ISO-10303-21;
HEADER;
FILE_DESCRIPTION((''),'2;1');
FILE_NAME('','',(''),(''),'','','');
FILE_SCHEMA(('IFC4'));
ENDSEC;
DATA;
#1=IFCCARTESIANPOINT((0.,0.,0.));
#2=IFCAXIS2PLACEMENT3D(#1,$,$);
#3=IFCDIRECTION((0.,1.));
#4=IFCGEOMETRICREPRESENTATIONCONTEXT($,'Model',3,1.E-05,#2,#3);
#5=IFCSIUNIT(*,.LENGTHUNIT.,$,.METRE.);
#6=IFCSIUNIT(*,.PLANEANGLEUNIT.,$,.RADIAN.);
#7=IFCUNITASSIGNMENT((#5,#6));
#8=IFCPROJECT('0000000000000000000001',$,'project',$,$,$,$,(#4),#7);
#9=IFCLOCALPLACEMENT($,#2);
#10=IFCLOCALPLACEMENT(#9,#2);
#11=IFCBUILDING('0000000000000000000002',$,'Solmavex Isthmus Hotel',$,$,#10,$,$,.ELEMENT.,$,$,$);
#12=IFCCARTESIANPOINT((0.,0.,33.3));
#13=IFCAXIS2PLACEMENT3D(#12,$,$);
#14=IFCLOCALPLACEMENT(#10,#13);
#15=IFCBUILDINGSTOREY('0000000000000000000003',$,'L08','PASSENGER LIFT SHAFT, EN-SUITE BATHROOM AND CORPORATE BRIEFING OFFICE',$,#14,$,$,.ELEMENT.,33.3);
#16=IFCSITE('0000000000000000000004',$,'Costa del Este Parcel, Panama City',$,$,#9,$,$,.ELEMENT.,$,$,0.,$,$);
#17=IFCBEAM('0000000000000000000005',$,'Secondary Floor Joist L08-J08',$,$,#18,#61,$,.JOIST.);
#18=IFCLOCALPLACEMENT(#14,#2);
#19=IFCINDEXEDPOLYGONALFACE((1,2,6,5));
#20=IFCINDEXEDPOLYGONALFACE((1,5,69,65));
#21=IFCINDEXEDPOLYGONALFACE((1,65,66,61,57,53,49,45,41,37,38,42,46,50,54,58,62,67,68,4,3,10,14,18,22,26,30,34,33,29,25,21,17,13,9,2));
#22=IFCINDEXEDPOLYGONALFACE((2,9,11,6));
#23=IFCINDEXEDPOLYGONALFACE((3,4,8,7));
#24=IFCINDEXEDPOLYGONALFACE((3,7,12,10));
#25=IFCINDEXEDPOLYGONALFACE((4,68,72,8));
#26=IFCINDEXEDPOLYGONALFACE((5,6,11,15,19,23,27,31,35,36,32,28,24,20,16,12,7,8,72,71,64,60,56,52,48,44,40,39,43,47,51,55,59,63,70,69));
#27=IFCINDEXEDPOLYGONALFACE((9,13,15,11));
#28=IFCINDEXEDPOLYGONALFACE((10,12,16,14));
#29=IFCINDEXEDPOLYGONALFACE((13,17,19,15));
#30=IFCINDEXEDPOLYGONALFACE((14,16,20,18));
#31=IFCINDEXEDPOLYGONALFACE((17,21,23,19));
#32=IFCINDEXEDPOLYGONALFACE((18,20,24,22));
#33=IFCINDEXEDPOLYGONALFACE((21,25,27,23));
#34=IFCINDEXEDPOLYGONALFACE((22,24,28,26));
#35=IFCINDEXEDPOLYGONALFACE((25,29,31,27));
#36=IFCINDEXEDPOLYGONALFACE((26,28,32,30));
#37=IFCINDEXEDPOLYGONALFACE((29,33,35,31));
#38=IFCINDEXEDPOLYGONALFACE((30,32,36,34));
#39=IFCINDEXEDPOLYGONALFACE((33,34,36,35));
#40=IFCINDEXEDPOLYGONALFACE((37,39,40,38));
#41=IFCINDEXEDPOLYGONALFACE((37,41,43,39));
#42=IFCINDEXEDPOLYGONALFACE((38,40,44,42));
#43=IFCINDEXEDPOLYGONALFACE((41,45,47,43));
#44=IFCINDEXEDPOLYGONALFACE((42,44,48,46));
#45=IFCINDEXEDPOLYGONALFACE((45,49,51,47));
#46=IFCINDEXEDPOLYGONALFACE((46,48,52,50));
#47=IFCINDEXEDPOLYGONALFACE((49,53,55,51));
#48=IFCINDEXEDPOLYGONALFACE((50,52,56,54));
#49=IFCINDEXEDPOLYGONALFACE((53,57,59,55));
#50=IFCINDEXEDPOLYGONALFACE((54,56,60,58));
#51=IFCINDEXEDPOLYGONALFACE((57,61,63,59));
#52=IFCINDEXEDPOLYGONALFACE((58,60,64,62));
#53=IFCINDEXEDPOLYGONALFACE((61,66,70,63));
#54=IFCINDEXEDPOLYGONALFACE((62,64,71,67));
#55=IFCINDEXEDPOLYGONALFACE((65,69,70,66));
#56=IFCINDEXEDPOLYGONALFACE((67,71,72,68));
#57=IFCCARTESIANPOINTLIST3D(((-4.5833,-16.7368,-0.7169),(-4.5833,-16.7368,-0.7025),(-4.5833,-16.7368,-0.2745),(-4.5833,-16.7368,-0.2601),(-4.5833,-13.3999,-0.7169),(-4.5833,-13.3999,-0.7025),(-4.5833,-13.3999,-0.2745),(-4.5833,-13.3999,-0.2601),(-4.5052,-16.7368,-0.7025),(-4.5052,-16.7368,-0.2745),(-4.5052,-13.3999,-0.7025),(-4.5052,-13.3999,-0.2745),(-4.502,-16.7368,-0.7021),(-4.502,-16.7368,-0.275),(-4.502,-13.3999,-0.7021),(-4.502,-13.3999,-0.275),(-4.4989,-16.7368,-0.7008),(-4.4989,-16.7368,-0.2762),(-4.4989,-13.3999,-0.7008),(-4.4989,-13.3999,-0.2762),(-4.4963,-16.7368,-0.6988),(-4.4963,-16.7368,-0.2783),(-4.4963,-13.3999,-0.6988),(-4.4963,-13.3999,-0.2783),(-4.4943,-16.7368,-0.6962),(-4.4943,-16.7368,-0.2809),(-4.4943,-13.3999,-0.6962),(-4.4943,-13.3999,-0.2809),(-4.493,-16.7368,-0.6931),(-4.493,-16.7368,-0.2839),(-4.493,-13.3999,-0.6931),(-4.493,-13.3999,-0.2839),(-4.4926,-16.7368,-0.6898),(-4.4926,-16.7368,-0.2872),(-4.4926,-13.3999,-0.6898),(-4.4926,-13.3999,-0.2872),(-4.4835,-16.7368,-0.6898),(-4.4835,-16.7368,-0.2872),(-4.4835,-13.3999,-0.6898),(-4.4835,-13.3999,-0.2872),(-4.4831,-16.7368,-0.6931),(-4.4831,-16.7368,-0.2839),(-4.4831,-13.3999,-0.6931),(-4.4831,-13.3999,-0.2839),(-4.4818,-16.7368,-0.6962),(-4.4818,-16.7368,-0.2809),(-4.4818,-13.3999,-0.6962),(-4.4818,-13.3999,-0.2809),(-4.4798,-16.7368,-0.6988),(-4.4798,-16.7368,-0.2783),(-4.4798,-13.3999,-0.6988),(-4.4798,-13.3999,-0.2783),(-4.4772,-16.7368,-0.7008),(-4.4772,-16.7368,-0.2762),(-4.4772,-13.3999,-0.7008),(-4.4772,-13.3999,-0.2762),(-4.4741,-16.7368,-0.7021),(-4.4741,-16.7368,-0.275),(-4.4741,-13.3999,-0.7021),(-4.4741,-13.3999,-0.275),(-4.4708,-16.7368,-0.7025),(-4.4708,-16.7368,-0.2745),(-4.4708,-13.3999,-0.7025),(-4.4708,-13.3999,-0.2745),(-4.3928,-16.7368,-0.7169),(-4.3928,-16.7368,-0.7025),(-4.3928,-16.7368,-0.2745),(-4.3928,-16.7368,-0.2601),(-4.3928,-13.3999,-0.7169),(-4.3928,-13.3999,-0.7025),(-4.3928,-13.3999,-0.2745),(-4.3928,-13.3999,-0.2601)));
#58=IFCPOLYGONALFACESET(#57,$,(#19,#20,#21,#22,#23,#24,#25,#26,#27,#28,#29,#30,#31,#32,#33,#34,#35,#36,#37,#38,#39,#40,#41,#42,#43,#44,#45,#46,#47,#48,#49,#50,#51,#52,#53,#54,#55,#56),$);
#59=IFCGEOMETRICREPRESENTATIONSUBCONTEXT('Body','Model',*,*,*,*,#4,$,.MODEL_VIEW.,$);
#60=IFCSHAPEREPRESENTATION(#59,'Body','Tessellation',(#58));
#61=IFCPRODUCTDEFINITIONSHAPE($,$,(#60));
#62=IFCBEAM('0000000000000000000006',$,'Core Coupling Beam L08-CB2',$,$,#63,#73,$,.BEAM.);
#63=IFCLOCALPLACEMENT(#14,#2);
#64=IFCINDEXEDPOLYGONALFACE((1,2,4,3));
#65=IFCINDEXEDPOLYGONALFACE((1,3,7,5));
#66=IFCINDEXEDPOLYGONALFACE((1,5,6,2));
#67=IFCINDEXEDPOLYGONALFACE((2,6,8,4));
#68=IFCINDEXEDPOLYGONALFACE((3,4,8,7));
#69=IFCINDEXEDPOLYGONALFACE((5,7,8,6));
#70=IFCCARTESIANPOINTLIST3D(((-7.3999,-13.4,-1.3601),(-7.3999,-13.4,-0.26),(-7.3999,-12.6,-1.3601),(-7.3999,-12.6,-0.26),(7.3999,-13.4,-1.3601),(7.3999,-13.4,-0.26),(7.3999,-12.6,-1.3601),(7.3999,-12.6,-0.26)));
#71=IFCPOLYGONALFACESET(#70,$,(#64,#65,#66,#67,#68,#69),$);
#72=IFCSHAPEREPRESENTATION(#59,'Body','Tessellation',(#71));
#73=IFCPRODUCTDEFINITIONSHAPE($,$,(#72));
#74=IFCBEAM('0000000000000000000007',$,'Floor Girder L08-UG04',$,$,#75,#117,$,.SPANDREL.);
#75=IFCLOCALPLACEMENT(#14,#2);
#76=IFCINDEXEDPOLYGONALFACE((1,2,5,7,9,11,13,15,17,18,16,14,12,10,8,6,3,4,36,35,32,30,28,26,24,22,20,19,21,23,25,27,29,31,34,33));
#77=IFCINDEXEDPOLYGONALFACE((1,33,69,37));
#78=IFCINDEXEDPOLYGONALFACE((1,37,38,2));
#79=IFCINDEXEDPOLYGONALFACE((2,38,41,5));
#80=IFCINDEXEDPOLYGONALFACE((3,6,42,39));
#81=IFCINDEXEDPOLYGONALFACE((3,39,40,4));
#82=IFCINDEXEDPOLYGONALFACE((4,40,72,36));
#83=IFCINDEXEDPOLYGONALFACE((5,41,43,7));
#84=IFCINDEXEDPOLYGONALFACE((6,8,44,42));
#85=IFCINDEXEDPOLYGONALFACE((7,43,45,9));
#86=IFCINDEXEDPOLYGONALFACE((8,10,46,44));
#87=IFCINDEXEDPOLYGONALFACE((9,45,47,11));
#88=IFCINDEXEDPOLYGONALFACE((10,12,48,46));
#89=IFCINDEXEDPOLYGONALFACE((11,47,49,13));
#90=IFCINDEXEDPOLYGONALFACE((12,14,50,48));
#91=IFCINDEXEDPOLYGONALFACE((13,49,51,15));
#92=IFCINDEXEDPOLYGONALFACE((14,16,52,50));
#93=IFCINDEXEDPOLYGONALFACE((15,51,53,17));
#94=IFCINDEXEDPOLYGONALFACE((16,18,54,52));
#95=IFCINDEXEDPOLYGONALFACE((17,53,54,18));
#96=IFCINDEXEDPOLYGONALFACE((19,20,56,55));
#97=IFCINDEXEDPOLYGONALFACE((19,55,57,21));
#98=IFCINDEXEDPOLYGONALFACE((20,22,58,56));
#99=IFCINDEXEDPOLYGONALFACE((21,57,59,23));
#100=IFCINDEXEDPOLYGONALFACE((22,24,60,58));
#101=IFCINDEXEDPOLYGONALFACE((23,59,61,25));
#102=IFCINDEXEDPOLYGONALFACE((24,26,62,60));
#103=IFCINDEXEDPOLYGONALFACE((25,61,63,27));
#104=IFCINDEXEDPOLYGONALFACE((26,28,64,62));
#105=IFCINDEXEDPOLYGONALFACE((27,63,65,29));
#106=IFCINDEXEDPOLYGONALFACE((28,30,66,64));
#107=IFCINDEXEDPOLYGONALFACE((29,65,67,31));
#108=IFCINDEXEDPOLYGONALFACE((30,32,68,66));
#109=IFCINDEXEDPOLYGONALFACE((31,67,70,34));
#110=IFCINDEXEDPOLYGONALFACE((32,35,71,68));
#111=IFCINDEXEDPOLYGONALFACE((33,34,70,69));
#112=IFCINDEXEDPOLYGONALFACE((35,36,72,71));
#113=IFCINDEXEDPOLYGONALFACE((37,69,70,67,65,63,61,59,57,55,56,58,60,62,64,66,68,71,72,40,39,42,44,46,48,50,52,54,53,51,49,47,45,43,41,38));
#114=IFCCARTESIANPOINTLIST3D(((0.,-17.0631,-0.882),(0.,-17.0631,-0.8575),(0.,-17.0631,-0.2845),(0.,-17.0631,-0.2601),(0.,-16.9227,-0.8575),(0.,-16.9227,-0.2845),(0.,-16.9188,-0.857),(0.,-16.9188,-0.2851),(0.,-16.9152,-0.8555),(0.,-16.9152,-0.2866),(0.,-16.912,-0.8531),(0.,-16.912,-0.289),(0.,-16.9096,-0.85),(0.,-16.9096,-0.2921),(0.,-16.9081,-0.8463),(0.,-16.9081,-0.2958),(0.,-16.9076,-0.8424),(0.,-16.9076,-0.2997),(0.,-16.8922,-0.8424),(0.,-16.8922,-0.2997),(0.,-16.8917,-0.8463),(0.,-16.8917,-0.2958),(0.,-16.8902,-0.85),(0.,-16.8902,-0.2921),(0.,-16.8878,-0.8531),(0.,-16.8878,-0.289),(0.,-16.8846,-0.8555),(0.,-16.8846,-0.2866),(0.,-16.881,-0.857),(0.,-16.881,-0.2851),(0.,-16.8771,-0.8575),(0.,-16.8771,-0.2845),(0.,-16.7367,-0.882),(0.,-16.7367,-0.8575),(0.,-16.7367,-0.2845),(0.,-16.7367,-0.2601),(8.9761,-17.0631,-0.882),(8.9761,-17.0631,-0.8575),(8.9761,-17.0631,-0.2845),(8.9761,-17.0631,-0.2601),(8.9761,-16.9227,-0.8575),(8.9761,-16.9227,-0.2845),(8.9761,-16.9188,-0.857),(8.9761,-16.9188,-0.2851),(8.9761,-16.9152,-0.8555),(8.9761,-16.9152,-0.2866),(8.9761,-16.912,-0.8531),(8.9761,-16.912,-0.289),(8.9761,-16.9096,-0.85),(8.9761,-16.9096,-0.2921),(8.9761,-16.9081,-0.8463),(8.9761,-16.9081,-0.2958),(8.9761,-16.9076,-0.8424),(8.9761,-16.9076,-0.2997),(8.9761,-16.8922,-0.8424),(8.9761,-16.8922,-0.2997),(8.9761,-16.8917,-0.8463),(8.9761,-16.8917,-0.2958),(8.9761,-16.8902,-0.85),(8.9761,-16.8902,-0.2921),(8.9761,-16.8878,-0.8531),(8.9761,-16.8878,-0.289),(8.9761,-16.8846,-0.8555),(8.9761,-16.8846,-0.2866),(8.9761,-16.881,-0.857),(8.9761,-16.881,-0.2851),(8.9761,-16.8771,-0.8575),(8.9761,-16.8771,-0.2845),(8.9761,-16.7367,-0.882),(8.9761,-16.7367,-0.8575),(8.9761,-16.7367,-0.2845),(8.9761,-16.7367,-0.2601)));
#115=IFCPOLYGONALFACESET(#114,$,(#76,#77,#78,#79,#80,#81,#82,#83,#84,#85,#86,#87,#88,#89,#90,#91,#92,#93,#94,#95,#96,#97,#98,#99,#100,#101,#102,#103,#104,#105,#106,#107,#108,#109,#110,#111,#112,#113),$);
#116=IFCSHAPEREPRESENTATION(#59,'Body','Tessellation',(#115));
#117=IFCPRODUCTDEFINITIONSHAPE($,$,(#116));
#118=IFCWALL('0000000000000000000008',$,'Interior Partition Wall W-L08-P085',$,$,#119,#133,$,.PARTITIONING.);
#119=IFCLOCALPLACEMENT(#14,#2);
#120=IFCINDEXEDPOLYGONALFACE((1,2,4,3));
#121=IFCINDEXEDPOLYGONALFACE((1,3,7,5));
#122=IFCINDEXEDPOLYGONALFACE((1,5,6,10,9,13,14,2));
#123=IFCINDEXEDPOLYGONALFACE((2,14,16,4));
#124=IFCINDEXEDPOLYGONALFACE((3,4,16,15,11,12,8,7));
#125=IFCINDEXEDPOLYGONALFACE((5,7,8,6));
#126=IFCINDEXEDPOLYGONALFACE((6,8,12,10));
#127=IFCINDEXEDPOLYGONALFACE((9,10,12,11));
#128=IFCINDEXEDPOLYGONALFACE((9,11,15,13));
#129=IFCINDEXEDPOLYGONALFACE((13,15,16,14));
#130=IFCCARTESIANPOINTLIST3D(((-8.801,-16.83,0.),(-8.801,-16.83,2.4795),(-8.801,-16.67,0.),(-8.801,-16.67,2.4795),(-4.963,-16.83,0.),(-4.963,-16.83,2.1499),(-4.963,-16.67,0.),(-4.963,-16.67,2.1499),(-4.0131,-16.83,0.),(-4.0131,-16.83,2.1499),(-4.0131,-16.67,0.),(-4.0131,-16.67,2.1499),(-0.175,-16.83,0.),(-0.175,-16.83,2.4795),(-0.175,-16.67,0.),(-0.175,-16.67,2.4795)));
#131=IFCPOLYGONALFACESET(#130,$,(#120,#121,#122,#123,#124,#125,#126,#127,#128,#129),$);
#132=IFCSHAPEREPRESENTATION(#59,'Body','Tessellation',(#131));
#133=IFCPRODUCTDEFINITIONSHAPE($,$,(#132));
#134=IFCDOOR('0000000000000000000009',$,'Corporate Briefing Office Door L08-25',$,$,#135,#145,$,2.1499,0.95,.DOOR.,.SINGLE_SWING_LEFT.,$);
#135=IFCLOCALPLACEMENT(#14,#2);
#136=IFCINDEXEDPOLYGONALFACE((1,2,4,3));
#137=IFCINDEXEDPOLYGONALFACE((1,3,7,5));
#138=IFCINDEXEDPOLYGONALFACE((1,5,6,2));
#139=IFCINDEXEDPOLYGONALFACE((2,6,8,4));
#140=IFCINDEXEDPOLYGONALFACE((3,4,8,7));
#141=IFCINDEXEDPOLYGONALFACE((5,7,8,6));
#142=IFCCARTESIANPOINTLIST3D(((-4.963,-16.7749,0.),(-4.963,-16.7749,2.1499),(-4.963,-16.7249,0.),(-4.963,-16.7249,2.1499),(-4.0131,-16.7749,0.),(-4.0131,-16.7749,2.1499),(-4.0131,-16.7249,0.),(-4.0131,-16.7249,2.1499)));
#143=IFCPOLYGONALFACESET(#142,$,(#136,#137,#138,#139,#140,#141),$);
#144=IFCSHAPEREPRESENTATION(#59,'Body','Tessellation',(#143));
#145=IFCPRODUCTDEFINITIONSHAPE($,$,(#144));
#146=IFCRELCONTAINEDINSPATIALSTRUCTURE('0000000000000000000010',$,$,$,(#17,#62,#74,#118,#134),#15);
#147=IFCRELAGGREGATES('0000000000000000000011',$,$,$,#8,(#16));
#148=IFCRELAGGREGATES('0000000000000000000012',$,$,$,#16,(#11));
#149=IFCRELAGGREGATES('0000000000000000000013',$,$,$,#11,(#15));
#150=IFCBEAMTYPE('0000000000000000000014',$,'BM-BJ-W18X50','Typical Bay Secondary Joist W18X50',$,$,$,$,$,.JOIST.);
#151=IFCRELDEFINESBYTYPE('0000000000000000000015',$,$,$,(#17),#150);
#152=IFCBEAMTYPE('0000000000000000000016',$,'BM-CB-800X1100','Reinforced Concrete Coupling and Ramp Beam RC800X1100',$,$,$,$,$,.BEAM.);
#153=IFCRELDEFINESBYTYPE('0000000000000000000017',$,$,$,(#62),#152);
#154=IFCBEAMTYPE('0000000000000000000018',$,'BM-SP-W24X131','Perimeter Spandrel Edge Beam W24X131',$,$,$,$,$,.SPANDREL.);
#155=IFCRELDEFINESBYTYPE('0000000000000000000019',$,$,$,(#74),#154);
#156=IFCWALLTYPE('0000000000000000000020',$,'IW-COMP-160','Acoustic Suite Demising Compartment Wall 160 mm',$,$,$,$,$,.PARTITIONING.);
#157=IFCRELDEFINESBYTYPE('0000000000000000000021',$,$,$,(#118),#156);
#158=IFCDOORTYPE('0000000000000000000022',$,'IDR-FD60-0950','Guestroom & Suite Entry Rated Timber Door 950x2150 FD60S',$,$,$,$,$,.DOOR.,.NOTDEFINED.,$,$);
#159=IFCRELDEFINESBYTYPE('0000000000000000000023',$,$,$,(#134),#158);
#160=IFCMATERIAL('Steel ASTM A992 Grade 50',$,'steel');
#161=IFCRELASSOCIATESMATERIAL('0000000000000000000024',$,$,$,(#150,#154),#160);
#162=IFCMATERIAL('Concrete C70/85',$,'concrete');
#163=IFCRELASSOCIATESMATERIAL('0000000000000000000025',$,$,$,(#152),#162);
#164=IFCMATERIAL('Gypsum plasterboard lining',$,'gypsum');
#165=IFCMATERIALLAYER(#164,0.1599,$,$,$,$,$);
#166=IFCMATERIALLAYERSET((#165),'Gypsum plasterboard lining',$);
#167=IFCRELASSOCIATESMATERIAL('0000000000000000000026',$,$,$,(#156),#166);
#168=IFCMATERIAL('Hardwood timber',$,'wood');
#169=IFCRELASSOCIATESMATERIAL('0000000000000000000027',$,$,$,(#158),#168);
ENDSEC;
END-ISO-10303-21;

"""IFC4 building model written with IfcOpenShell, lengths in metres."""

from ifc_helpers import new_model, si_unit, direction, frame, frame_2d, origin, origin_2d, place, context, subcontext, project, spatial, rectangle, i_section, extrude, material, layer, layer_set, material_profile, profile_set, type_object, element, fill, save


model = new_model("IFC4")

# Units and contexts
model_context = context("Model", 3, precision=1e-05, world=origin(), true_north=direction((0.0, 1.0)))
body_context = subcontext(model_context, "Body", "Model", "MODEL_VIEW")
ifc_project = project(units=[si_unit("LENGTHUNIT", "METRE"), si_unit("PLANEANGLEUNIT", "RADIAN")], contexts=[model_context])

# Site, building, storey
site_placement = place(None, origin())
site = spatial("IfcSite", under=ifc_project, at=site_placement, Name="Costa del Este Parcel, Panama City", CompositionType="ELEMENT", RefElevation=0.0)
building_placement = place(site_placement, origin())
building = spatial("IfcBuilding", under=site, at=building_placement, Name="Solmavex Isthmus Hotel", CompositionType="ELEMENT")
storey_placement = place(building_placement, frame((0.0, 0.0, 33.3)))
storey = spatial("IfcBuildingStorey", under=building, at=storey_placement, Name="L08", Description="PASSENGER LIFT SHAFT, EN-SUITE BATHROOM AND CORPORATE BRIEFING OFFICE", CompositionType="ELEMENT", Elevation=33.3)

# Shared definitions
ifc_material_1 = material(Name="Concrete C70/85", Category="concrete")

# Beams
ifc_material_2 = material(Name="Steel ASTM A992 Grade 50", Category="steel")
ifc_material_profile_1 = material_profile(ifc_material_2, i_section(OverallWidth=0.1904, OverallDepth=0.4568, WebThickness=0.009, FlangeThickness=0.0144, FilletRadius=0.0127, at=origin_2d()), Name="W18X50")
ifc_profile_set_1 = profile_set([ifc_material_profile_1], Name="Steel ASTM A992 Grade 50")
beam_type_1 = type_object("IfcBeamType", Name="BM-BJ-W18X50", Description="Typical Bay Secondary Joist W18X50", PredefinedType="JOIST", material=ifc_profile_set_1)
beam_1_placement = place(storey_placement, frame((-4.488, -16.7368, -0.4885), z_axis=(0.0, 1.0, 0.0), x_axis=(-1.0, 0.0, 0.0)))
element("IfcBeam", 1, at=beam_1_placement, inside=storey, type_object=beam_type_1, Name="Secondary Floor Joist L08-J08", PredefinedType="JOIST", context=body_context, shape_type="SweptSolid", body=[
    extrude(i_section(OverallWidth=0.1904, OverallDepth=0.4568, WebThickness=0.009, FlangeThickness=0.0144, FilletRadius=0.0127, at=origin_2d()), origin(), (0.0, 0.0, 1.0), 3.3369),
])
ifc_material_profile_2 = material_profile(ifc_material_1, rectangle(XDim=0.8, YDim=1.1001, at=origin_2d()), Name="RC800X1100")
ifc_profile_set_2 = profile_set([ifc_material_profile_2], Name="Concrete C70/85")
beam_type_2 = type_object("IfcBeamType", Name="BM-CB-800X1100", Description="Reinforced Concrete Coupling and Ramp Beam RC800X1100", PredefinedType="BEAM", material=ifc_profile_set_2)
beam_2_placement = place(storey_placement, frame((-7.3999, -13.0, -0.8101), z_axis=(1.0, 0.0, 0.0), x_axis=(0.0, 1.0, 0.0)))
element("IfcBeam", 2, at=beam_2_placement, inside=storey, type_object=beam_type_2, Name="Core Coupling Beam L08-CB2", PredefinedType="BEAM", context=body_context, shape_type="SweptSolid", body=[
    extrude(rectangle(XDim=0.8, YDim=1.1001, at=origin_2d()), origin(), (0.0, 0.0, 1.0), 14.7998),
])
ifc_material_profile_3 = material_profile(ifc_material_2, i_section(OverallWidth=0.3264, OverallDepth=0.6218, WebThickness=0.0154, FlangeThickness=0.0244, FilletRadius=0.0151, at=origin_2d()), Name="W24X131")
ifc_profile_set_3 = profile_set([ifc_material_profile_3], Name="Steel ASTM A992 Grade 50")
beam_type_3 = type_object("IfcBeamType", Name="BM-SP-W24X131", Description="Perimeter Spandrel Edge Beam W24X131", PredefinedType="SPANDREL", material=ifc_profile_set_3)
beam_3_placement = place(storey_placement, frame((0.0, -16.8999, -0.571), z_axis=(1.0, 0.0, 0.0), x_axis=(0.0, 1.0, 0.0)))
element("IfcBeam", 3, at=beam_3_placement, inside=storey, type_object=beam_type_3, Name="Floor Girder L08-UG04", PredefinedType="SPANDREL", context=body_context, shape_type="SweptSolid", body=[
    extrude(i_section(OverallWidth=0.3264, OverallDepth=0.6218, WebThickness=0.0154, FlangeThickness=0.0244, FilletRadius=0.0151, at=origin_2d()), origin(), (0.0, 0.0, 1.0), 8.9761),
])

# Wall, opening, door
ifc_material_3 = material(Name="Gypsum plasterboard lining", Category="gypsum")
ifc_layer_1 = layer(ifc_material_3, 0.1599)
ifc_layer_set_1 = layer_set([ifc_layer_1], Name="Gypsum plasterboard lining")
wall_type_1 = type_object("IfcWallType", Name="IW-COMP-160", Description="Acoustic Suite Demising Compartment Wall 160 mm", PredefinedType="PARTITIONING", material=ifc_layer_set_1)
wall_1_placement = place(storey_placement, frame((-0.175, -16.75, 0.0), z_axis=(0.0, 0.0, 1.0), x_axis=(-1.0, 0.0, 0.0)))
wall_1 = element("IfcWall", 4, at=wall_1_placement, inside=storey, type_object=wall_type_1, Name="Interior Partition Wall W-L08-P085", PredefinedType="PARTITIONING", context=body_context, shape_type="SweptSolid", body=[
    extrude(rectangle(XDim=8.626, YDim=0.1599, at=frame_2d((4.313, 0.0))), origin(), (0.0, 0.0, 1.0), 2.4795),
])
opening_1_placement = place(wall_1_placement, frame((3.8379, 0.0, 0.0)))
opening_1 = element("IfcOpeningElement", 5, at=opening_1_placement, cuts=wall_1, PredefinedType="OPENING", context=body_context, shape_type="SweptSolid", body=[
    extrude(rectangle(XDim=0.95, YDim=2.1499, at=frame_2d((0.4751, 1.075))), frame((0.0, 0.0898, 0.0), z_axis=(0.0, -1.0, 0.0), x_axis=(1.0, 0.0, 0.0)), (0.0, 0.0, 1.0), 0.1799),
])
ifc_material_4 = material(Name="Hardwood timber", Category="wood")
door_type_1 = type_object("IfcDoorType", Name="IDR-FD60-0950", Description="Guestroom & Suite Entry Rated Timber Door 950x2150 FD60S", OperationType="NOTDEFINED", PredefinedType="DOOR", material=ifc_material_4)
door_1_placement = place(opening_1_placement, origin())
door_1 = element("IfcDoor", 6, at=door_1_placement, inside=storey, type_object=door_type_1, Name="Corporate Briefing Office Door L08-25", OperationType="SINGLE_SWING_LEFT", OverallHeight=2.1499, OverallWidth=0.95, PredefinedType="DOOR", context=body_context, shape_type="SweptSolid", body=[
    extrude(rectangle(XDim=0.95, YDim=2.1499, at=frame_2d((0.4751, 1.075))), frame((0.0, 0.0249, 0.0), z_axis=(0.0, -1.0, 0.0), x_axis=(1.0, 0.0, 0.0)), (0.0, 0.0, 1.0), 0.05),
])
fill(opening_1, door_1)

save(model, "model.ifc")
